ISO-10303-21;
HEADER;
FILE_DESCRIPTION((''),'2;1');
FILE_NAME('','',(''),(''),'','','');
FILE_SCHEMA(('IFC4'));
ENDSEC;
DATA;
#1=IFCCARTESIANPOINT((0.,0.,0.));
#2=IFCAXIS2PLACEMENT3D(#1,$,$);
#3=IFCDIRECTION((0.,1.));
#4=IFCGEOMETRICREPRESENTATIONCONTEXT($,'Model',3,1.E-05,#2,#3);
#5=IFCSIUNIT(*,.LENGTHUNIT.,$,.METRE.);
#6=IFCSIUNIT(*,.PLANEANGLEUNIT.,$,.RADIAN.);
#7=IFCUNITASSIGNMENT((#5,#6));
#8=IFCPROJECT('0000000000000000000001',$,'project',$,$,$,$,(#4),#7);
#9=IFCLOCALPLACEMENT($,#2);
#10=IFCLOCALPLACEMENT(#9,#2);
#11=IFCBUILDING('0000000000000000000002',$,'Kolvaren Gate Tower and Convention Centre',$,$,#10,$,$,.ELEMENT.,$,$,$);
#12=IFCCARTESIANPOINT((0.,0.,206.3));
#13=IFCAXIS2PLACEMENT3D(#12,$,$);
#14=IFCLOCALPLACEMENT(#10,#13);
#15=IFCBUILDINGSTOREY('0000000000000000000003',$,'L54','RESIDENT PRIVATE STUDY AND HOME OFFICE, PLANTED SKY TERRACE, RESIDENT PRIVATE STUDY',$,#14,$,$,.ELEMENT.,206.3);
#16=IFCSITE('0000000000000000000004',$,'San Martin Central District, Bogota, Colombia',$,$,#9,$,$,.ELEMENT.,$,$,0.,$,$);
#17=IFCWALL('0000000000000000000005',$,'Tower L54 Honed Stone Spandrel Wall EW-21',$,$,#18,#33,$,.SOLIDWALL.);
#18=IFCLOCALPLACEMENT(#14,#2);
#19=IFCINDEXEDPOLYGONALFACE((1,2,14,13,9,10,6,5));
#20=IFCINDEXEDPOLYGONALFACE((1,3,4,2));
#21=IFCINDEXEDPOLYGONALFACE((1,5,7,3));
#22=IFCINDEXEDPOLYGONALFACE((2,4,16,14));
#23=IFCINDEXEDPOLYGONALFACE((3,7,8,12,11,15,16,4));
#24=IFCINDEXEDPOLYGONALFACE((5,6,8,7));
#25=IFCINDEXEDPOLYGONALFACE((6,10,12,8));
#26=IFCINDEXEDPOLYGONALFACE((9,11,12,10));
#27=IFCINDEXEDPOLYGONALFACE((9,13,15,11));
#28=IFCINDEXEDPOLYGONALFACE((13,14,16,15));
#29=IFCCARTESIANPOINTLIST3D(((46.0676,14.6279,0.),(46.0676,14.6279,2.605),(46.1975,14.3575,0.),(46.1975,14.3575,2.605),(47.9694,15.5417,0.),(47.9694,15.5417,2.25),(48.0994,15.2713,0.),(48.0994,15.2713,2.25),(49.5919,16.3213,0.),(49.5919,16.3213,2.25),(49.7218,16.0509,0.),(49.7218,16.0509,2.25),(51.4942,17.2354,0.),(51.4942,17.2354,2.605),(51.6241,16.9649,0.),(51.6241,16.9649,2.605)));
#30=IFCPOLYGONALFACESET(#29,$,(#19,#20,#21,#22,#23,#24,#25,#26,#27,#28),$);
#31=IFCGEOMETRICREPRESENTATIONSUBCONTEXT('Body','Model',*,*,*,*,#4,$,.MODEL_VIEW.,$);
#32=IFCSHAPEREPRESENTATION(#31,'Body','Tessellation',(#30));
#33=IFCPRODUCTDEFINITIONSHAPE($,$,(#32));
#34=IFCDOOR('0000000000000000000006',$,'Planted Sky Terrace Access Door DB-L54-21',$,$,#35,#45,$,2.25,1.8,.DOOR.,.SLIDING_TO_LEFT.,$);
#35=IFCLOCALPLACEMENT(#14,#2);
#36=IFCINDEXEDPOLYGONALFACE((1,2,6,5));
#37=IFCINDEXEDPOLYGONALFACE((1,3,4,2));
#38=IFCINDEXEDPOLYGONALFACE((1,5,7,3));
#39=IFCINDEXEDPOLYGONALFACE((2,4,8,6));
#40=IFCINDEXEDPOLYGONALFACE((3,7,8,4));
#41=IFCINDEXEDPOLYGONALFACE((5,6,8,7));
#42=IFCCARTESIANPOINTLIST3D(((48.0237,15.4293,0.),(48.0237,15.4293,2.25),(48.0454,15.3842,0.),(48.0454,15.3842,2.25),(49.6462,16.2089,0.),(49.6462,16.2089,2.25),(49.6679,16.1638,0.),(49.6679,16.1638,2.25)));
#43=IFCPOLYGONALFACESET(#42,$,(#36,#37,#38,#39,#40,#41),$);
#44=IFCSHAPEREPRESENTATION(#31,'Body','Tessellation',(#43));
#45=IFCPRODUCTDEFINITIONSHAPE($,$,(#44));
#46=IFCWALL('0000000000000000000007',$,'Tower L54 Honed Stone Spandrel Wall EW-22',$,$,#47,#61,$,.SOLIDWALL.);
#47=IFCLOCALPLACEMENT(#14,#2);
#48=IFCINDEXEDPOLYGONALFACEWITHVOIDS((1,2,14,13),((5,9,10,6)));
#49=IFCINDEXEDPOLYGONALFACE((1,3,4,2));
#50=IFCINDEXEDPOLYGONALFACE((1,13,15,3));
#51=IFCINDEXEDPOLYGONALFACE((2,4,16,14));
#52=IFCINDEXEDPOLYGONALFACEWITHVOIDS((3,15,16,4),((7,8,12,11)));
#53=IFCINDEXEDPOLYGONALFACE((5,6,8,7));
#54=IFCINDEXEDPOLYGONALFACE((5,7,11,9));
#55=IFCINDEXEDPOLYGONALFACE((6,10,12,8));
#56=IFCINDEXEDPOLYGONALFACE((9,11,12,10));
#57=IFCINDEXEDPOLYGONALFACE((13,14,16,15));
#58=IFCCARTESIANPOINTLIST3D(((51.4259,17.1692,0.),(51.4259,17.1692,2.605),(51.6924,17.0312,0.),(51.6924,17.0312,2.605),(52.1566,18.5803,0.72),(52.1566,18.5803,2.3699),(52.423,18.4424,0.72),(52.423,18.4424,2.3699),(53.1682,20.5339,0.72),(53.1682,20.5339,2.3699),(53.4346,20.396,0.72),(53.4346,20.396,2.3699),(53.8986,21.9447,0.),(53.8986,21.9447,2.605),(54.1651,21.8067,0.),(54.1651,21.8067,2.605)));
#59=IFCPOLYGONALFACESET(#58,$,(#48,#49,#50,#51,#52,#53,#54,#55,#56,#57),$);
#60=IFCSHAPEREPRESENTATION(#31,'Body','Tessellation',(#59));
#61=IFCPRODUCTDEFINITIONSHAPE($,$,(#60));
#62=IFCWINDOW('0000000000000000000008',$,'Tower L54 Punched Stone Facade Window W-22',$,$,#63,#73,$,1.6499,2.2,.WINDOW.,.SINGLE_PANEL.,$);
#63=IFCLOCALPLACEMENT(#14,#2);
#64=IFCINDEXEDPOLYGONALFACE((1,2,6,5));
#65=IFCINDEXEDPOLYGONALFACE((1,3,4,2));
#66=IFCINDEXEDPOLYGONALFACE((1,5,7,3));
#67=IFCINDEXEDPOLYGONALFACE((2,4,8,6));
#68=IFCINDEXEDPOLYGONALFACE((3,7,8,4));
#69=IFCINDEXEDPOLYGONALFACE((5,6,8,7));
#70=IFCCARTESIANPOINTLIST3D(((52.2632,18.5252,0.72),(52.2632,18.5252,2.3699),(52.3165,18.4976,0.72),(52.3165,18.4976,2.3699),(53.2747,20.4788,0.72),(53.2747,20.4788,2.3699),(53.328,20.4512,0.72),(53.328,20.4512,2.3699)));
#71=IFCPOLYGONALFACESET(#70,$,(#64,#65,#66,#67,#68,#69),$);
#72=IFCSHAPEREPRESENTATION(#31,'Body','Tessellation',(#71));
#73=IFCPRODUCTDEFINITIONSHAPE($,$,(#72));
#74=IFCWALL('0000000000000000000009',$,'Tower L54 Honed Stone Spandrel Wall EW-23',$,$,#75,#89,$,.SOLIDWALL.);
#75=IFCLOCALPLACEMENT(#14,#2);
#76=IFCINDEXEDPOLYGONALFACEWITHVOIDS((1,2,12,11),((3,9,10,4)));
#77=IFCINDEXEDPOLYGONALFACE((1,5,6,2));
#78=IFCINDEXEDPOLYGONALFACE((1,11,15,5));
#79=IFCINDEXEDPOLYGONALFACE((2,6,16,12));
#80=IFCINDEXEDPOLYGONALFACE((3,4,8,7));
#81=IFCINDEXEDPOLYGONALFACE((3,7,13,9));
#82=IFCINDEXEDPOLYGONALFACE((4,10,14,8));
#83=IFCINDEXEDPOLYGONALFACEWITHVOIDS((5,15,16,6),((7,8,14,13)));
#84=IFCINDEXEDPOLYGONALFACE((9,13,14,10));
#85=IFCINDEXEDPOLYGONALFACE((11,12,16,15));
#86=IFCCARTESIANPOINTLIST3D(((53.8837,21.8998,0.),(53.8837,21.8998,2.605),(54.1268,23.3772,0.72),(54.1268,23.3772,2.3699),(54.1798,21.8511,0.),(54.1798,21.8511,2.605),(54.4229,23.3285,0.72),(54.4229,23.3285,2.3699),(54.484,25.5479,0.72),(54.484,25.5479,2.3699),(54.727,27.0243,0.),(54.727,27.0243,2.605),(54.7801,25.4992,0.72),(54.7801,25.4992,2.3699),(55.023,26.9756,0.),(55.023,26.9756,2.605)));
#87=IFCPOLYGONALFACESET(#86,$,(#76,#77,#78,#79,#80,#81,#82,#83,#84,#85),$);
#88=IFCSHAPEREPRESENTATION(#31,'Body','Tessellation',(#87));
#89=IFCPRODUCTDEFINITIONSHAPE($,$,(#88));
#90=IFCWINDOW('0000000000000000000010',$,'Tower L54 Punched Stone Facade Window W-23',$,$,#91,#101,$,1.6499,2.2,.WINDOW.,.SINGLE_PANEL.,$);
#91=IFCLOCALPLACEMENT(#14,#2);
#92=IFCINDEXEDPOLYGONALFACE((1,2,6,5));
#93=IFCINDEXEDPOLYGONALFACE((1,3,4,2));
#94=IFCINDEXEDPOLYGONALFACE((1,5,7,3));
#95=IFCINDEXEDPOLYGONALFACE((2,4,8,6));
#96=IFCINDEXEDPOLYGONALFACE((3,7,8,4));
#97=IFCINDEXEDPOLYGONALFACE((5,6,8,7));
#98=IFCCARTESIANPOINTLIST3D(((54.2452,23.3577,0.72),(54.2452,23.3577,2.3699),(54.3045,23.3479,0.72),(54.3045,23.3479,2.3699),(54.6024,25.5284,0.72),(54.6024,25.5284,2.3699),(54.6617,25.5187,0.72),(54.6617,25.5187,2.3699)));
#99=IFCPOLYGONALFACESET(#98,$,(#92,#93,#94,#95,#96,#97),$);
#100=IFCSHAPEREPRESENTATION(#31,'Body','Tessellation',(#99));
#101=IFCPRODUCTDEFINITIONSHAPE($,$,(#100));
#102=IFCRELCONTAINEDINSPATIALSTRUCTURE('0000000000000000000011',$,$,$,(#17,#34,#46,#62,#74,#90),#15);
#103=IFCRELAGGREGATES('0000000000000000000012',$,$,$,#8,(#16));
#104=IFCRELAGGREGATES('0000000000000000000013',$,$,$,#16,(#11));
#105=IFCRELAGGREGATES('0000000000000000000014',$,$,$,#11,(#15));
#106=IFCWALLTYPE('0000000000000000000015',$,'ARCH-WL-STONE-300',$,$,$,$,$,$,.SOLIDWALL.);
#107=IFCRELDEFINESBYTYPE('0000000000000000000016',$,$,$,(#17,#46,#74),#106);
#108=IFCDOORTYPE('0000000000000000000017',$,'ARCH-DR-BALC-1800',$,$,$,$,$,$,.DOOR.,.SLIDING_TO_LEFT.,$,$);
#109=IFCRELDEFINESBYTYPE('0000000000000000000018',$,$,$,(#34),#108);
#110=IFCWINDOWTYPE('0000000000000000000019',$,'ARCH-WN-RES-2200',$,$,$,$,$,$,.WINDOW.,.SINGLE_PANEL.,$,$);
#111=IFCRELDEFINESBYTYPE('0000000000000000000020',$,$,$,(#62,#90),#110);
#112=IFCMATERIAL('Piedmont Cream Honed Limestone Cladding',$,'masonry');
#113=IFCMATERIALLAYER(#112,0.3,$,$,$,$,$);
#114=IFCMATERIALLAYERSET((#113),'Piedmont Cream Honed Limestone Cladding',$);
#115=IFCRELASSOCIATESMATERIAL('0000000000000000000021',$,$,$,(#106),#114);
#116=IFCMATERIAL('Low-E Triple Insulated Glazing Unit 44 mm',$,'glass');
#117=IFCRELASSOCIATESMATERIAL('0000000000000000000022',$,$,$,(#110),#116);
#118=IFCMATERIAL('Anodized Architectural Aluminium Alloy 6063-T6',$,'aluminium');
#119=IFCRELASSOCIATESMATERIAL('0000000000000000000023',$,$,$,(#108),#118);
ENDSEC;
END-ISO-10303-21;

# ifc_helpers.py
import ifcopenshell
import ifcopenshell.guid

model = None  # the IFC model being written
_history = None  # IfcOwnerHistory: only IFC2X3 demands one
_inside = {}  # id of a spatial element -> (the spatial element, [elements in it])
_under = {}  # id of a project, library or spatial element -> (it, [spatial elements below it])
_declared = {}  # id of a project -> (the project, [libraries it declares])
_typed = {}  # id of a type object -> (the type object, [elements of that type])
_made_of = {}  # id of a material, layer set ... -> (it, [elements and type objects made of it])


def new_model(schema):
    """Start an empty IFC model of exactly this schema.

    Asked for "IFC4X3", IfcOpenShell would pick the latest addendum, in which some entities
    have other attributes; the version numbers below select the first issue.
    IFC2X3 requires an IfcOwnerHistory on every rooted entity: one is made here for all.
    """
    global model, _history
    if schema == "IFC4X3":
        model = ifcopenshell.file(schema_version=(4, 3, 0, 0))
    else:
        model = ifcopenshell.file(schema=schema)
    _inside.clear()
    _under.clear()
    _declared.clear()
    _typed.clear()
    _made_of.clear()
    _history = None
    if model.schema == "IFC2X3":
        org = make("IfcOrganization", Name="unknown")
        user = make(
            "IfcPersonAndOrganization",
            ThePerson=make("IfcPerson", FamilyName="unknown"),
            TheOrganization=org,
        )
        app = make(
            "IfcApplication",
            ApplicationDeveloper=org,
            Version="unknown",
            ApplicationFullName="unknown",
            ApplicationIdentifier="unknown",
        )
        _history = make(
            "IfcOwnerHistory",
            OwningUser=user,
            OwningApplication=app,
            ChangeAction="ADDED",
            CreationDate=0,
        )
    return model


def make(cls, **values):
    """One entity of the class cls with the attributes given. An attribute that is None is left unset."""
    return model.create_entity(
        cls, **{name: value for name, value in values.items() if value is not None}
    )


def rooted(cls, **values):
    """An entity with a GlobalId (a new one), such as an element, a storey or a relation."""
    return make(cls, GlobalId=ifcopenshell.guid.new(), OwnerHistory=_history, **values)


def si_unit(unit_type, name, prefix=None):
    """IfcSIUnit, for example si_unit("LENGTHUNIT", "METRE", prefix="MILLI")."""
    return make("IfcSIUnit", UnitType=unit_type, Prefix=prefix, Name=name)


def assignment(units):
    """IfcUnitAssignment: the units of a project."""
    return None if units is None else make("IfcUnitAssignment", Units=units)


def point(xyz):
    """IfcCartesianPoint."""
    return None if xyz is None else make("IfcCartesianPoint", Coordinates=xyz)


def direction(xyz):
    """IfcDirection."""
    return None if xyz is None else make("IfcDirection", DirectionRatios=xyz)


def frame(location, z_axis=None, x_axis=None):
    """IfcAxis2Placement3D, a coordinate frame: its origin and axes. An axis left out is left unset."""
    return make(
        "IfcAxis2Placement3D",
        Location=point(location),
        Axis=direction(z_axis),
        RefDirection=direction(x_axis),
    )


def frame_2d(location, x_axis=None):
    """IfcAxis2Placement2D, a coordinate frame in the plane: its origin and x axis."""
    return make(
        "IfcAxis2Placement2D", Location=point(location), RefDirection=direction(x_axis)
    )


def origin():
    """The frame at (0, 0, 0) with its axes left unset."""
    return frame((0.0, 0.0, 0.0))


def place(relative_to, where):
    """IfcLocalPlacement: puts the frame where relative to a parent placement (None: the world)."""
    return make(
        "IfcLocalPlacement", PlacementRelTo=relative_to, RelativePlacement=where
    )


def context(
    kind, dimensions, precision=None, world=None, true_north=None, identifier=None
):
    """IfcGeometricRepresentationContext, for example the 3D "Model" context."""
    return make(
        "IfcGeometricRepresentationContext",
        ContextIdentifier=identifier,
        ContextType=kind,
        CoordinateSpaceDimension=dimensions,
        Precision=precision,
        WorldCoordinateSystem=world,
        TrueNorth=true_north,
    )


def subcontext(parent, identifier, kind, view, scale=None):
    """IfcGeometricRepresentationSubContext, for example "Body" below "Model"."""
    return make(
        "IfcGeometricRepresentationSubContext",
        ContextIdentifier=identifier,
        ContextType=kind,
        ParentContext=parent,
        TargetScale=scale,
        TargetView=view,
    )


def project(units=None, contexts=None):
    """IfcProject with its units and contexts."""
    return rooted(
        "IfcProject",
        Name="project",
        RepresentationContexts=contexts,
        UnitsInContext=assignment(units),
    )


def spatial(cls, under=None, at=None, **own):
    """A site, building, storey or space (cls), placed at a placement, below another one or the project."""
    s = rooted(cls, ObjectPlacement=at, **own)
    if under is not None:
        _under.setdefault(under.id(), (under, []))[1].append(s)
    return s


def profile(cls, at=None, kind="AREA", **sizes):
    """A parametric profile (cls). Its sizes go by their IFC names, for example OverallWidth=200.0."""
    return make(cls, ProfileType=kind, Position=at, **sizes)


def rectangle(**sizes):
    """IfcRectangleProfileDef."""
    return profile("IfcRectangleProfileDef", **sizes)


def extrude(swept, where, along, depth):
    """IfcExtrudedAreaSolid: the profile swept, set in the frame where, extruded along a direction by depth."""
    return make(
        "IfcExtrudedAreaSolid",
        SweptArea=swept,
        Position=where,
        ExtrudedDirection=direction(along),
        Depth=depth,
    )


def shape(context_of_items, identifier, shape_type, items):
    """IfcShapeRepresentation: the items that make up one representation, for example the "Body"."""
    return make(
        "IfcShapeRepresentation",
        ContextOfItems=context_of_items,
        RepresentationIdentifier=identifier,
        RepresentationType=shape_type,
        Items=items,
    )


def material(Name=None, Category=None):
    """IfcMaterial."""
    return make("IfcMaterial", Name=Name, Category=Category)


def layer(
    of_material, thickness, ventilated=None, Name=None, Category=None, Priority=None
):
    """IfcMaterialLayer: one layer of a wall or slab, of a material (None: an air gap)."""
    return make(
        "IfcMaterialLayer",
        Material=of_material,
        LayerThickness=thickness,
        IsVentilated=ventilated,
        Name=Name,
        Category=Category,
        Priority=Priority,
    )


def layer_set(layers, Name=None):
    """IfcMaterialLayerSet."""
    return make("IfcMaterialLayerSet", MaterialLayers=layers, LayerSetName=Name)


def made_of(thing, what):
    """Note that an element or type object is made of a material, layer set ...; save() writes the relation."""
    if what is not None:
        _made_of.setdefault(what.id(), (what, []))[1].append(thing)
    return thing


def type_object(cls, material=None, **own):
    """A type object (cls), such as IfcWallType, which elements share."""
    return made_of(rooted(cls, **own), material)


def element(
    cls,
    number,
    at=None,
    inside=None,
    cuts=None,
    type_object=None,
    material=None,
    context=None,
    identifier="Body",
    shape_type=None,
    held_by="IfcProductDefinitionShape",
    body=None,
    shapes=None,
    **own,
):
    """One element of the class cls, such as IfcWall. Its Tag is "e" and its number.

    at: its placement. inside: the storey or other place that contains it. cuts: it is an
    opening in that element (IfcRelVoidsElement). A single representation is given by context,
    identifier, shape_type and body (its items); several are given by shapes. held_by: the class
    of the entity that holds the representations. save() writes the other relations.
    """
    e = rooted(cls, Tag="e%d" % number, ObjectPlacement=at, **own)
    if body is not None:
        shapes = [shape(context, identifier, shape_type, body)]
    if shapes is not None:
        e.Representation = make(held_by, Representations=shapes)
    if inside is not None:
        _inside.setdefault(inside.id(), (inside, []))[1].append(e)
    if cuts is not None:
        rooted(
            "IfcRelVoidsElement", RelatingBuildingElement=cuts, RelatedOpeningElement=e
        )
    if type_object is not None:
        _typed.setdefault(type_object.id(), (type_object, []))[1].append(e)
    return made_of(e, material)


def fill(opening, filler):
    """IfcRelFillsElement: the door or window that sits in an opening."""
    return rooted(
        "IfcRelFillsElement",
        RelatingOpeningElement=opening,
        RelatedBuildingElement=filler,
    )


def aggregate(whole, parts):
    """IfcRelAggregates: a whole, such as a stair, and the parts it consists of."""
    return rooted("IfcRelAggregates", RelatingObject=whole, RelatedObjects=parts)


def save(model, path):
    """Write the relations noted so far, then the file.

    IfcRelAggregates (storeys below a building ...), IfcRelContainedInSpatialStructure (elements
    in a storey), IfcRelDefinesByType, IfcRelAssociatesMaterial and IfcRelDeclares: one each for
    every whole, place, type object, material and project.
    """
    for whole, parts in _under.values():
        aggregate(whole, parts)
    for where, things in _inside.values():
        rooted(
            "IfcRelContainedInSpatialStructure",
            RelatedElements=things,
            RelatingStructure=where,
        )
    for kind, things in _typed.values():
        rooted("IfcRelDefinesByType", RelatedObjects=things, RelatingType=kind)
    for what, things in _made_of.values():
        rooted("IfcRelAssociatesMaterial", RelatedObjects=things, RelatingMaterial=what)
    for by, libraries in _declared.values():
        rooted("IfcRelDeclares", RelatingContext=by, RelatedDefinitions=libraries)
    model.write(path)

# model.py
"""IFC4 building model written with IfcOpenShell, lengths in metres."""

from ifc_helpers import new_model, si_unit, direction, frame, frame_2d, origin, place, context, subcontext, project, spatial, rectangle, extrude, material, layer, layer_set, type_object, element, fill, save


model = new_model("IFC4")

# Units and contexts
model_context = context("Model", 3, precision=1e-05, world=origin(), true_north=direction((0.0, 1.0)))
body_context = subcontext(model_context, "Body", "Model", "MODEL_VIEW")
ifc_project = project(units=[si_unit("LENGTHUNIT", "METRE"), si_unit("PLANEANGLEUNIT", "RADIAN")], contexts=[model_context])

# Site, building, storey
site_placement = place(None, origin())
site = spatial("IfcSite", under=ifc_project, at=site_placement, Name="San Martin Central District, Bogota, Colombia", CompositionType="ELEMENT", RefElevation=0.0)
building_placement = place(site_placement, origin())
building = spatial("IfcBuilding", under=site, at=building_placement, Name="Kolvaren Gate Tower and Convention Centre", CompositionType="ELEMENT")
storey_placement = place(building_placement, frame((0.0, 0.0, 206.3)))
storey = spatial("IfcBuildingStorey", under=building, at=storey_placement, Name="L54", Description="RESIDENT PRIVATE STUDY AND HOME OFFICE, PLANTED SKY TERRACE, RESIDENT PRIVATE STUDY", CompositionType="ELEMENT", Elevation=206.3)

# Shared definitions
ifc_material_1 = material(Name="Piedmont Cream Honed Limestone Cladding", Category="masonry")

# Shared definitions
ifc_layer_1 = layer(ifc_material_1, 0.3)
ifc_layer_set_1 = layer_set([ifc_layer_1], Name="Piedmont Cream Honed Limestone Cladding")
wall_type_1 = type_object("IfcWallType", Name="ARCH-WL-STONE-300", PredefinedType="SOLIDWALL", material=ifc_layer_set_1)
ifc_material_2 = material(Name="Low-E Triple Insulated Glazing Unit 44 mm", Category="glass")
window_type = type_object("IfcWindowType", Name="ARCH-WN-RES-2200", PartitioningType="SINGLE_PANEL", PredefinedType="WINDOW", material=ifc_material_2)

# Wall, opening, door
wall_1_placement = place(storey_placement, frame((46.1326, 14.4927, 0.0), z_axis=(0.0, 0.0, 1.0), x_axis=(0.901348, 0.433095, 0.0)))
wall_1 = element("IfcWall", 1, at=wall_1_placement, inside=storey, type_object=wall_type_1, Name="Tower L54 Honed Stone Spandrel Wall EW-21", PredefinedType="SOLIDWALL", context=body_context, shape_type="SweptSolid", body=[
    extrude(rectangle(XDim=6.0205, YDim=0.3, at=frame_2d((3.0103, 0.0))), origin(), (0.0, 0.0, 1.0), 2.605),
])
opening_1_placement = place(wall_1_placement, frame((2.1101, 0.0, 0.0)))
opening_1 = element("IfcOpeningElement", 2, at=opening_1_placement, cuts=wall_1, PredefinedType="OPENING", context=body_context, shape_type="SweptSolid", body=[
    extrude(rectangle(XDim=1.8, YDim=2.25, at=frame_2d((0.8999, 1.125))), frame((0.0, 0.1599, 0.0), z_axis=(0.0, -1.0, 0.0), x_axis=(1.0, 0.0, 0.0)), (0.0, 0.0, 1.0), 0.3201),
])
ifc_material_3 = material(Name="Anodized Architectural Aluminium Alloy 6063-T6", Category="aluminium")
door_type_1 = type_object("IfcDoorType", Name="ARCH-DR-BALC-1800", OperationType="SLIDING_TO_LEFT", PredefinedType="DOOR", material=ifc_material_3)
door_1_placement = place(opening_1_placement, frame((1.8, 0.0, 0.0), z_axis=(0.0, 0.0, 1.0), x_axis=(-1.0, 0.0, 0.0)))
door_1 = element("IfcDoor", 3, at=door_1_placement, inside=storey, type_object=door_type_1, Name="Planted Sky Terrace Access Door DB-L54-21", OperationType="SLIDING_TO_LEFT", OverallHeight=2.25, OverallWidth=1.8, PredefinedType="DOOR", context=body_context, shape_type="SweptSolid", body=[
    extrude(rectangle(XDim=1.8, YDim=2.25, at=frame_2d((0.8999, 1.125))), frame((0.0, 0.0249, 0.0), z_axis=(0.0, -1.0, 0.0), x_axis=(1.0, 0.0, 0.0)), (0.0, 0.0, 1.0), 0.05),
])
fill(opening_1, door_1)

# Walls, openings, windows
wall_2_placement = place(storey_placement, frame((51.5591, 17.1001, 0.0), z_axis=(0.0, 0.0, 1.0), x_axis=(0.459808, 0.888018, 0.0)))
wall_2 = element("IfcWall", 4, at=wall_2_placement, inside=storey, type_object=wall_type_1, Name="Tower L54 Honed Stone Spandrel Wall EW-22", PredefinedType="SOLIDWALL", context=body_context, shape_type="SweptSolid", body=[
    extrude(rectangle(XDim=5.3777, YDim=0.3, at=frame_2d((2.689, 0.0))), origin(), (0.0, 0.0, 1.0), 2.605),
])
opening_2_placement = place(wall_2_placement, frame((1.5891, 0.0, 0.72)))
opening_2 = element("IfcOpeningElement", 5, at=opening_2_placement, cuts=wall_2, PredefinedType="OPENING", context=body_context, shape_type="SweptSolid", body=[
    extrude(rectangle(XDim=2.2, YDim=1.6499, at=frame_2d((1.1001, 0.825))), frame((0.0, 0.1599, 0.0), z_axis=(0.0, -1.0, 0.0), x_axis=(1.0, 0.0, 0.0)), (0.0, 0.0, 1.0), 0.3201),
])
window_1_placement = place(opening_2_placement, origin())
window_1 = element("IfcWindow", 6, at=window_1_placement, inside=storey, type_object=window_type, Name="Tower L54 Punched Stone Facade Window W-22", OverallHeight=1.6499, OverallWidth=2.2, PartitioningType="SINGLE_PANEL", PredefinedType="WINDOW", context=body_context, shape_type="SweptSolid", body=[
    extrude(rectangle(XDim=2.2, YDim=1.6499, at=frame_2d((1.1001, 0.825))), frame((0.0, 0.03, 0.0), z_axis=(0.0, -1.0, 0.0), x_axis=(1.0, 0.0, 0.0)), (0.0, 0.0, 1.0), 0.0601),
])
fill(opening_2, window_1)
wall_3_placement = place(storey_placement, frame((54.0317, 21.8755, 0.0), z_axis=(0.0, 0.0, 1.0), x_axis=(0.162371, 0.98673, 0.0)))
wall_3 = element("IfcWall", 7, at=wall_3_placement, inside=storey, type_object=wall_type_1, Name="Tower L54 Honed Stone Spandrel Wall EW-23", PredefinedType="SOLIDWALL", context=body_context, shape_type="SweptSolid", body=[
    extrude(rectangle(XDim=5.1934, YDim=0.3, at=frame_2d((2.5967, 0.0))), origin(), (0.0, 0.0, 1.0), 2.605),
])
opening_3_placement = place(wall_3_placement, frame((1.4971, 0.0, 0.72)))
opening_3 = element("IfcOpeningElement", 8, at=opening_3_placement, cuts=wall_3, PredefinedType="OPENING", context=body_context, shape_type="SweptSolid", body=[
    extrude(rectangle(XDim=2.2, YDim=1.6499, at=frame_2d((1.1001, 0.825))), frame((0.0, 0.1599, 0.0), z_axis=(0.0, -1.0, 0.0), x_axis=(1.0, 0.0, 0.0)), (0.0, 0.0, 1.0), 0.3201),
])
window_2_placement = place(opening_3_placement, origin())
window_2 = element("IfcWindow", 9, at=window_2_placement, inside=storey, type_object=window_type, Name="Tower L54 Punched Stone Facade Window W-23", OverallHeight=1.6499, OverallWidth=2.2, PartitioningType="SINGLE_PANEL", PredefinedType="WINDOW", context=body_context, shape_type="SweptSolid", body=[
    extrude(rectangle(XDim=2.2, YDim=1.6499, at=frame_2d((1.1001, 0.825))), frame((0.0, 0.03, 0.0), z_axis=(0.0, -1.0, 0.0), x_axis=(1.0, 0.0, 0.0)), (0.0, 0.0, 1.0), 0.0601),
])
fill(opening_3, window_2)

save(model, "model.ifc")
